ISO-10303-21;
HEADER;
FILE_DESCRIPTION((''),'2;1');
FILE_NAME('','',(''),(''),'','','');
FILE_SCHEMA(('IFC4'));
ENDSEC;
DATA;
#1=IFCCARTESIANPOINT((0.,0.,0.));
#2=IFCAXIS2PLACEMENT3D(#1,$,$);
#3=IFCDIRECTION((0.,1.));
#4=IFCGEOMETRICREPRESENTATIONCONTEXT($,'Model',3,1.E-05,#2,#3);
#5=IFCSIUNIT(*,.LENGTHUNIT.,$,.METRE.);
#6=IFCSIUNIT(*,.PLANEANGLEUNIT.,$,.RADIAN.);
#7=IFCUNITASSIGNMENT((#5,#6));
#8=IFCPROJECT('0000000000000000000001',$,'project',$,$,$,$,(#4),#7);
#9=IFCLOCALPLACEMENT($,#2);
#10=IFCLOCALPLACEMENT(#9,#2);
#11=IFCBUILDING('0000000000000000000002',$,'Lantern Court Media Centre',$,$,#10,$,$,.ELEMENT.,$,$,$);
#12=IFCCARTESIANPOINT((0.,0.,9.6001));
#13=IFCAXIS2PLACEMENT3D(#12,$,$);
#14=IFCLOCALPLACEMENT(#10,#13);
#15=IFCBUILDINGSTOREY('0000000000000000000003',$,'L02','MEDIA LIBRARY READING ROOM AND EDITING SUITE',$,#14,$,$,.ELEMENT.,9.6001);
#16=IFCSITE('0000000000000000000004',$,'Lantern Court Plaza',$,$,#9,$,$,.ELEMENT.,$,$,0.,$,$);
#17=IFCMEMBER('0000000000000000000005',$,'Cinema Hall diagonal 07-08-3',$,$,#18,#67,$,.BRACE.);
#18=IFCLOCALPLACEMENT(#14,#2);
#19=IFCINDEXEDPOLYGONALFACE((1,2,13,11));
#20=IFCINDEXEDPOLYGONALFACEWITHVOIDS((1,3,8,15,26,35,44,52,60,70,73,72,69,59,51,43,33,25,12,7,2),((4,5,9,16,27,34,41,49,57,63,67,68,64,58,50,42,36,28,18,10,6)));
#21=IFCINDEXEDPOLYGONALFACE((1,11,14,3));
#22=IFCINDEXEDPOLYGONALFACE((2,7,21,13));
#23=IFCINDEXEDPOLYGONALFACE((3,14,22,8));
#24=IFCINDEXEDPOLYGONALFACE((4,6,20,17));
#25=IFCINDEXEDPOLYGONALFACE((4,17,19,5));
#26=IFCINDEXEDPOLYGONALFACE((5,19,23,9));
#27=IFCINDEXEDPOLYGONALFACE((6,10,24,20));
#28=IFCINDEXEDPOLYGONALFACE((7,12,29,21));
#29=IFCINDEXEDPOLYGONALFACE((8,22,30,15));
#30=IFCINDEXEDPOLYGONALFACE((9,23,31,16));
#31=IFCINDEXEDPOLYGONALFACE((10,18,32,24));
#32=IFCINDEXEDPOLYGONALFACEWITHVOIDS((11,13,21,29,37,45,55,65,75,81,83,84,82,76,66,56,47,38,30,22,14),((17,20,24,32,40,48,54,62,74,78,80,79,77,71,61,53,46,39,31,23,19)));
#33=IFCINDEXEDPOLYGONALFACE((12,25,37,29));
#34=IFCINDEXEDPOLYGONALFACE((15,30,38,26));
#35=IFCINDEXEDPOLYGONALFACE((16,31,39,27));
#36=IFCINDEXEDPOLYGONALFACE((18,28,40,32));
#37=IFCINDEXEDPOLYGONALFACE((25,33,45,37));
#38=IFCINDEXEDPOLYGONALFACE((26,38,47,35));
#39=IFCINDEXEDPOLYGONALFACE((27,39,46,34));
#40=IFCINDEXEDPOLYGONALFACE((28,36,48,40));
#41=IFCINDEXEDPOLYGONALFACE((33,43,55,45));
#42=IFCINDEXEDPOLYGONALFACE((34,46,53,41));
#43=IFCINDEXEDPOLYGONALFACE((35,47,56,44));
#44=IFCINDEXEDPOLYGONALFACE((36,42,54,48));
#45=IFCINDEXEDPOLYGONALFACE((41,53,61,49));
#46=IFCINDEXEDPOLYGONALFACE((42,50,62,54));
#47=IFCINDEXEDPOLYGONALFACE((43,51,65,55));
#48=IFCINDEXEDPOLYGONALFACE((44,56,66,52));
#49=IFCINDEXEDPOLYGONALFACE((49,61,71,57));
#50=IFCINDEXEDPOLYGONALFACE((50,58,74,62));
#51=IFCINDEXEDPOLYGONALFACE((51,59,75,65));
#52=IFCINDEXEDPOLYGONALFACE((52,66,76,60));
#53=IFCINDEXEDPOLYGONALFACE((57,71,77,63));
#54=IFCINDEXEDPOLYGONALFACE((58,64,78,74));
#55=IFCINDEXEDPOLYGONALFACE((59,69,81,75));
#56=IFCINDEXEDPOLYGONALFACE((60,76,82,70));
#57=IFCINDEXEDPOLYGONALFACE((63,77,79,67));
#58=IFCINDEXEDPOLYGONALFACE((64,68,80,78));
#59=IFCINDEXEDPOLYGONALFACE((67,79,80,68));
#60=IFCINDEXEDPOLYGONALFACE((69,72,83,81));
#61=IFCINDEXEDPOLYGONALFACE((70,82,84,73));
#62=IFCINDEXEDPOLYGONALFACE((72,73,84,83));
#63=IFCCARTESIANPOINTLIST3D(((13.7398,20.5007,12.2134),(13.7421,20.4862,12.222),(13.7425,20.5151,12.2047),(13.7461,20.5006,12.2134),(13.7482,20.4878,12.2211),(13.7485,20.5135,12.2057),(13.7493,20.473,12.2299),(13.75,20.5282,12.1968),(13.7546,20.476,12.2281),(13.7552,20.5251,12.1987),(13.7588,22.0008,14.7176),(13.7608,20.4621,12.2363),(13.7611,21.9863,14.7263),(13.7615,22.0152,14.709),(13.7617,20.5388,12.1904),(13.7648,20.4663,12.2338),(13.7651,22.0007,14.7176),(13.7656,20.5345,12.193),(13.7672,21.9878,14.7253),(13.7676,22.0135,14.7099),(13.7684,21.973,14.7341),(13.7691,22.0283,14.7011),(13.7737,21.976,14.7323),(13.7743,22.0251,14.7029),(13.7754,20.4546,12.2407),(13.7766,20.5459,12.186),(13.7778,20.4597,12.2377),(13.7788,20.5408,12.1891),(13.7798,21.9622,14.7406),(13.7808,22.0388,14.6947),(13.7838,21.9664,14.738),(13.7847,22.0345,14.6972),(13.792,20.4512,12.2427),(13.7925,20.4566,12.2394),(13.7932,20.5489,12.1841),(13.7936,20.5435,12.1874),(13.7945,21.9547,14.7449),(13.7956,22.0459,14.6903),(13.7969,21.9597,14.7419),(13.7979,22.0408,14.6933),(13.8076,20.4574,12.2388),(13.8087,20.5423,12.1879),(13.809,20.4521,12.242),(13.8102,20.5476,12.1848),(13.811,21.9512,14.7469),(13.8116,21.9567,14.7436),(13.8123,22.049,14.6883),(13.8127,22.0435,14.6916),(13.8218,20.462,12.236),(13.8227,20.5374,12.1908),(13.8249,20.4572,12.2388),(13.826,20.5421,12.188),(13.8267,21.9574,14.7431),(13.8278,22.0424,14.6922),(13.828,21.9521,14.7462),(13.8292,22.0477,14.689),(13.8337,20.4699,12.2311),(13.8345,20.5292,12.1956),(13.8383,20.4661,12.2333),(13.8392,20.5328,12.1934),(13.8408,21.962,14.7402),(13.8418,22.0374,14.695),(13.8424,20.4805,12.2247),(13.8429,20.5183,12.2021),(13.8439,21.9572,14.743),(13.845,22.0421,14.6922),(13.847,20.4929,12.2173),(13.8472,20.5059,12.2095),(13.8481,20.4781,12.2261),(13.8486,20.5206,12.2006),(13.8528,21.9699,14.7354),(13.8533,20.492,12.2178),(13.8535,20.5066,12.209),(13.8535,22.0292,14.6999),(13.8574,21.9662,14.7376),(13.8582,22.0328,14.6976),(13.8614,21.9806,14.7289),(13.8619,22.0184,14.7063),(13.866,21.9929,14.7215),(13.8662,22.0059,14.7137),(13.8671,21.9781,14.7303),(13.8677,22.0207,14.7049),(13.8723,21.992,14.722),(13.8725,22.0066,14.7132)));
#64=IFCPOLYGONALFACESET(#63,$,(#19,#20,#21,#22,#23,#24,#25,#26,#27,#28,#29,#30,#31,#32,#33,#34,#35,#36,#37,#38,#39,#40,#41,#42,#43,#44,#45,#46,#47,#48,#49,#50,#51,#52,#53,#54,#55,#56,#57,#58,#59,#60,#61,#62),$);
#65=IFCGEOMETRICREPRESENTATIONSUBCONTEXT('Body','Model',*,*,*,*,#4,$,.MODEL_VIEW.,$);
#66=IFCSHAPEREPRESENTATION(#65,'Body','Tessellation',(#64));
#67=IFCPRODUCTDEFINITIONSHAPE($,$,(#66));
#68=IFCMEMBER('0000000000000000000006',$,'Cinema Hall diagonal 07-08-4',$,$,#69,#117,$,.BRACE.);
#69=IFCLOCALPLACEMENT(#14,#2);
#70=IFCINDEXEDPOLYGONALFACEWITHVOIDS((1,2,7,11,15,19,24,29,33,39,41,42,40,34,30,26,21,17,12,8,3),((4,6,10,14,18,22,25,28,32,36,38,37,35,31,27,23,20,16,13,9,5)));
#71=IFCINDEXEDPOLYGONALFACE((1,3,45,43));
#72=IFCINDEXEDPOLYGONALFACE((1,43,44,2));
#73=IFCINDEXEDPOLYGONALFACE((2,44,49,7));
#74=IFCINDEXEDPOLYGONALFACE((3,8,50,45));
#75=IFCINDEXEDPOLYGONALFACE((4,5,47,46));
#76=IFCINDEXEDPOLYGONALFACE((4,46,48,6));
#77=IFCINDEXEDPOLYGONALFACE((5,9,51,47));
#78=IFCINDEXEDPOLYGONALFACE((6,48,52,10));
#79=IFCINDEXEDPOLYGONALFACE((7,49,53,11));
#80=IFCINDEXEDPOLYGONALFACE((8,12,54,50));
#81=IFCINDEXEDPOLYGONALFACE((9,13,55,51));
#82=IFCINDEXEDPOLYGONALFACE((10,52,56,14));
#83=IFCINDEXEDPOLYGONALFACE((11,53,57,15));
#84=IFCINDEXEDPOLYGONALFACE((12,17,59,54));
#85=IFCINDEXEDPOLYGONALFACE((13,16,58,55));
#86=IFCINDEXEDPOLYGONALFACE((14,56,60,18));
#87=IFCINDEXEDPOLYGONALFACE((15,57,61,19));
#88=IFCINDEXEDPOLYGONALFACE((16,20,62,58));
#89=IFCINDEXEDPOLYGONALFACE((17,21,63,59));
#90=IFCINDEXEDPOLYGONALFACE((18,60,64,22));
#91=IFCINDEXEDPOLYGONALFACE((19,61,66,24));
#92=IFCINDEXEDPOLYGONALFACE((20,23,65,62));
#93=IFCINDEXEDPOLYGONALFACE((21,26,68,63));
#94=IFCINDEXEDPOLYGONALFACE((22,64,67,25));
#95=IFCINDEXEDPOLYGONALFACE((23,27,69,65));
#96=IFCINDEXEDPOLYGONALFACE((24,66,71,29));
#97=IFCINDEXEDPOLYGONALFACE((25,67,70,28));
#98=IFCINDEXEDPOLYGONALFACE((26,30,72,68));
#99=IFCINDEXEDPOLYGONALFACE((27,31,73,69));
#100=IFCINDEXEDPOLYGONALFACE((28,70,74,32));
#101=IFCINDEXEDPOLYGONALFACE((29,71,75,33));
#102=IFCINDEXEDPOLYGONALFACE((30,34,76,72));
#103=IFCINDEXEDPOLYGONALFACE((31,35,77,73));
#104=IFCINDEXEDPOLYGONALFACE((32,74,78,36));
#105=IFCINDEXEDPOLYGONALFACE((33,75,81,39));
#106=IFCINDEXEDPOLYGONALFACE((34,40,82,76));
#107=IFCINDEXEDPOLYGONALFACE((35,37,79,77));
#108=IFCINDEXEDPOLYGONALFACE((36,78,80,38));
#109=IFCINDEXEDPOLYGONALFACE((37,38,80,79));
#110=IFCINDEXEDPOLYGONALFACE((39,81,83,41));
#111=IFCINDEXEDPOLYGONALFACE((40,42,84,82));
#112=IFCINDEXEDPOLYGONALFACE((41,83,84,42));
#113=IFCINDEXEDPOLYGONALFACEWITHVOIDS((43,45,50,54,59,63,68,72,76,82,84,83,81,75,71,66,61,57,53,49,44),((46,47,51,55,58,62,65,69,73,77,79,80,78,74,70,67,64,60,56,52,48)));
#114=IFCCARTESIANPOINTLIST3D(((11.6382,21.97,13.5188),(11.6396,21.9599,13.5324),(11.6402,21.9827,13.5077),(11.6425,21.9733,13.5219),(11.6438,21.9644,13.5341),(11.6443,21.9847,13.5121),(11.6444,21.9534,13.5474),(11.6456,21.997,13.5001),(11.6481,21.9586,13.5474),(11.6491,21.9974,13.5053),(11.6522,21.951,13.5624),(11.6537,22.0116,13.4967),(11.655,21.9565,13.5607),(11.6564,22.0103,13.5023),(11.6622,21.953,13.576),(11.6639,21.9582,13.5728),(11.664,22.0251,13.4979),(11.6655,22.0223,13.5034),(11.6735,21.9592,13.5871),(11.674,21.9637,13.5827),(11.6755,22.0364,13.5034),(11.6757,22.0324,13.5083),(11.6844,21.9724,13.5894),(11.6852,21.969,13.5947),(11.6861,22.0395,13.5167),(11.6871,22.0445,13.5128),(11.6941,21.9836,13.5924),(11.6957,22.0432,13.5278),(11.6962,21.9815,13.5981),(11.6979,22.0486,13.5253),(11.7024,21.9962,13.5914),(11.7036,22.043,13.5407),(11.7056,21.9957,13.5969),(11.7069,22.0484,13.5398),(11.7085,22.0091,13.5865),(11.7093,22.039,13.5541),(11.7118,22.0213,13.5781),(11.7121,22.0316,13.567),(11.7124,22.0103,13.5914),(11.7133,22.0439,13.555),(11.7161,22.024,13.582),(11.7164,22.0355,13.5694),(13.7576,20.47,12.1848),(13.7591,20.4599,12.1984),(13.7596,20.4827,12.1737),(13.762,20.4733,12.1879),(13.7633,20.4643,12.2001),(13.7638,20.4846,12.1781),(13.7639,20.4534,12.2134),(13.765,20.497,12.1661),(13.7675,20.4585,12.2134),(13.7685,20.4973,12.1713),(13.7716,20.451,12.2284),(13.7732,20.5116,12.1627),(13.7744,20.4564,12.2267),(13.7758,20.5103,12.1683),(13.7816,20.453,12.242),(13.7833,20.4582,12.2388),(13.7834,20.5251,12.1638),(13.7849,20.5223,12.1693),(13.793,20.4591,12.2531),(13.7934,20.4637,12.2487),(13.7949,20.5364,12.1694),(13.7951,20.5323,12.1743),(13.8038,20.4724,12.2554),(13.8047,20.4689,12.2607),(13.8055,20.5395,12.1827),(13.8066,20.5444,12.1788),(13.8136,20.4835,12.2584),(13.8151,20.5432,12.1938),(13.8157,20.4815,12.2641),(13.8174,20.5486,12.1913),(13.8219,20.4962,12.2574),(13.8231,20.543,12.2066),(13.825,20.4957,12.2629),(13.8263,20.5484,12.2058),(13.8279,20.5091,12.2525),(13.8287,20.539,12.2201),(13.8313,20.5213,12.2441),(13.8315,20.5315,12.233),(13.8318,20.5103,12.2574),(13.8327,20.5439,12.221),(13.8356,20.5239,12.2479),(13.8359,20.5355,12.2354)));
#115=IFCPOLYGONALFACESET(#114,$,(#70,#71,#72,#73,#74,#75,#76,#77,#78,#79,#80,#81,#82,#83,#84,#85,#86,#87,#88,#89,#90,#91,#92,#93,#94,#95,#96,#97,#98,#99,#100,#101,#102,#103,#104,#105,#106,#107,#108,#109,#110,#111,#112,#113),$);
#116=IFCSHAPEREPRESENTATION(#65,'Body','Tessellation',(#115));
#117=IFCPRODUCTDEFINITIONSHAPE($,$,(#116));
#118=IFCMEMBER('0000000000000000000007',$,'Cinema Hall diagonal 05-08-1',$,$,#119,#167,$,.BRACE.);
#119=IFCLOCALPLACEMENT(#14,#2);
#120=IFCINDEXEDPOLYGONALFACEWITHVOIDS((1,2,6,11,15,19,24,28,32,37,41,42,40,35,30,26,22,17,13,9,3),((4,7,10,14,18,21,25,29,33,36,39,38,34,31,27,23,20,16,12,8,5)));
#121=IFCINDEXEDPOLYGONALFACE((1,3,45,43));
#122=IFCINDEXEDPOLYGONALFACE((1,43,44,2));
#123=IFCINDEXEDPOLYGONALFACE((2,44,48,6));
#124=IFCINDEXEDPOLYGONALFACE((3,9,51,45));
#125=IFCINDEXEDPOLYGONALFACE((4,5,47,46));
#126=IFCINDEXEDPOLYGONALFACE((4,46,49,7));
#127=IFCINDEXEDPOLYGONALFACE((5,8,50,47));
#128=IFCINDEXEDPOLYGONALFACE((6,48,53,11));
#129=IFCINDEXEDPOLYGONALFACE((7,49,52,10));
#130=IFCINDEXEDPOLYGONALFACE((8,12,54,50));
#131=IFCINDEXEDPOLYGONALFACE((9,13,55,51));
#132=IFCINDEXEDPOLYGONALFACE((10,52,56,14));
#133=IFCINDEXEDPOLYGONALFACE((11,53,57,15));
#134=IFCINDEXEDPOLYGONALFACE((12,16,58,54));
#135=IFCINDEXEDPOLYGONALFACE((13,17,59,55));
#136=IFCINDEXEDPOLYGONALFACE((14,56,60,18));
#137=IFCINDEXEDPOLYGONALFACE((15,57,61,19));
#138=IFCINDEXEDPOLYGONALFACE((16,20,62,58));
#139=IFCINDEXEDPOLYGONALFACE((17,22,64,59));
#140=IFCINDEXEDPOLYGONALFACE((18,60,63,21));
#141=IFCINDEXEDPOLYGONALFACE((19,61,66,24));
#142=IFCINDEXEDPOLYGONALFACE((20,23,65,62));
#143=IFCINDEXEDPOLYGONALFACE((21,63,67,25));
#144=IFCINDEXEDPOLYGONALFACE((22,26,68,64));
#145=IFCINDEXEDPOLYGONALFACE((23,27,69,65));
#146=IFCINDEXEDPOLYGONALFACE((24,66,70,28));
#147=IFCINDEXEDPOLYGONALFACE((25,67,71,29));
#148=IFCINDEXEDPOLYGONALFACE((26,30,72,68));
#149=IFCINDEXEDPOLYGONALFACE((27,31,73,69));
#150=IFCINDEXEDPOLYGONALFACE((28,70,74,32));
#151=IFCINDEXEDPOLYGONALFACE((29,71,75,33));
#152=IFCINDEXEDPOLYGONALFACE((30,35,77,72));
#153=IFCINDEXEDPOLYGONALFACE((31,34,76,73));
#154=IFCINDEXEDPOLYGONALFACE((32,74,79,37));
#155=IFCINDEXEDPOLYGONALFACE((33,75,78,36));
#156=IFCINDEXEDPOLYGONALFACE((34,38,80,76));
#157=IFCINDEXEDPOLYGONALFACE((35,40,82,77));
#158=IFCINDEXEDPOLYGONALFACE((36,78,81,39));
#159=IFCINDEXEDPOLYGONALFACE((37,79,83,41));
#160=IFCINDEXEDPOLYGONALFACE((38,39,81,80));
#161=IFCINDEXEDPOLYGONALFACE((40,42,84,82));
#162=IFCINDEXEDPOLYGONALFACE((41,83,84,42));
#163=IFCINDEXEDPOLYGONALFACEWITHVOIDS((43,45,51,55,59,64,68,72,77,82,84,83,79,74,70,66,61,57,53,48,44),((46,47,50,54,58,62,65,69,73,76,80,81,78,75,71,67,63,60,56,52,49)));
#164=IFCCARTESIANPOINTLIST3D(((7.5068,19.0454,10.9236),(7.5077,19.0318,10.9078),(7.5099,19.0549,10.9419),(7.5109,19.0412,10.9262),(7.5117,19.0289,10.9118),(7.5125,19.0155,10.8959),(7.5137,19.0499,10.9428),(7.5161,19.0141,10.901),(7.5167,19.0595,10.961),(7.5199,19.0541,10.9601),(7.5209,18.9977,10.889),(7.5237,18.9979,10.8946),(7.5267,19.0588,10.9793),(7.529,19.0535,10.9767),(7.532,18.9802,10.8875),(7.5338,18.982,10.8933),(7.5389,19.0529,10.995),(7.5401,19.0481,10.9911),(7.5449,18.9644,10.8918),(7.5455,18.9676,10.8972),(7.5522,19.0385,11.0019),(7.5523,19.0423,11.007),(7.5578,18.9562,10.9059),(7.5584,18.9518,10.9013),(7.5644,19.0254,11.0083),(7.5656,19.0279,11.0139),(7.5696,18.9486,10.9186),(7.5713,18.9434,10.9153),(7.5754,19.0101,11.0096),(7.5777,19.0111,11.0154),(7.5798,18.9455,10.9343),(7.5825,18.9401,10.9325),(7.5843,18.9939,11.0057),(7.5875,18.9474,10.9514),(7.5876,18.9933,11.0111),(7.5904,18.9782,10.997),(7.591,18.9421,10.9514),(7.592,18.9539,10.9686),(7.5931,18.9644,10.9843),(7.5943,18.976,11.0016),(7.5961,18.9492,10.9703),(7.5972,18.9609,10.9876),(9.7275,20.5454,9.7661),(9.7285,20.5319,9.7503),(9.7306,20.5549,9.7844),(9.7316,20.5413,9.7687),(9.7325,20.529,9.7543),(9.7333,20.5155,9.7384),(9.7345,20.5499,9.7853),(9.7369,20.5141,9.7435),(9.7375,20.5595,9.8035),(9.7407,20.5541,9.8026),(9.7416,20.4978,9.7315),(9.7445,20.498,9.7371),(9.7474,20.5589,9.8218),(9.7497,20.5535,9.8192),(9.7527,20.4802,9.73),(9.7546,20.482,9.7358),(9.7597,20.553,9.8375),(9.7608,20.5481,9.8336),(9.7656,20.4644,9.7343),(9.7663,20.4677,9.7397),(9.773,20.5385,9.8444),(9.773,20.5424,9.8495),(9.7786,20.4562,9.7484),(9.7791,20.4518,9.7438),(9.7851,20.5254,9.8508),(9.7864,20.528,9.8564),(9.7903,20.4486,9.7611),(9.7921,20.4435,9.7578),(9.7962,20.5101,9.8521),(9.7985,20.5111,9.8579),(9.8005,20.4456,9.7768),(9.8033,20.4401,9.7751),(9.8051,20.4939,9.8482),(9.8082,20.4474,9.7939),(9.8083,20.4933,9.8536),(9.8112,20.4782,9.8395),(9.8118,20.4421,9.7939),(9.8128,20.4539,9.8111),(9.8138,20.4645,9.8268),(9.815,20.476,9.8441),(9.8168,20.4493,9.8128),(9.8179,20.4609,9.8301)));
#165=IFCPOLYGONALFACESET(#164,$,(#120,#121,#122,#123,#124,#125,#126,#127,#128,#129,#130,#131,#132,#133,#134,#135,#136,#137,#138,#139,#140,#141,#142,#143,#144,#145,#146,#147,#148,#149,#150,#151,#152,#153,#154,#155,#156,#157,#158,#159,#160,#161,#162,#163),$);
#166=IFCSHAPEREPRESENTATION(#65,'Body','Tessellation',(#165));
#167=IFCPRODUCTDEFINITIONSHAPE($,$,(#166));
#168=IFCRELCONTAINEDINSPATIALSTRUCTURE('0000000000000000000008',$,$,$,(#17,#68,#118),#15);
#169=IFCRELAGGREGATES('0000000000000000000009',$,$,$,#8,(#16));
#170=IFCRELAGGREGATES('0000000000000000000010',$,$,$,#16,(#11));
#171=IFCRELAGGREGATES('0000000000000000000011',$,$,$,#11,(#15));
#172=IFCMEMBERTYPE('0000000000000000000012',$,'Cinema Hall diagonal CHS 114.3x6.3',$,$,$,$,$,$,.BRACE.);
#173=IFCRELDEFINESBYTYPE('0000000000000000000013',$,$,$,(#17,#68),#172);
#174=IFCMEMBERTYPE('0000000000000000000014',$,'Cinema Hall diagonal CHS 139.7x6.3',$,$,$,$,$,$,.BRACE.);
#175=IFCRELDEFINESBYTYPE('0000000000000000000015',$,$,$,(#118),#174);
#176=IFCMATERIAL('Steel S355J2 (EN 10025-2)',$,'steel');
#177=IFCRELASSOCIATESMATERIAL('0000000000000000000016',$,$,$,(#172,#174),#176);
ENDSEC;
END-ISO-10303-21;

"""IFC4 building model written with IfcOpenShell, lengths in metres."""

from ifc_helpers import new_model, si_unit, direction, frame, origin, origin_2d, place, context, subcontext, project, spatial, hollow_circle, extrude, material, material_profile, profile_set, type_object, element, save


model = new_model("IFC4")

# Units and contexts
model_context = context("Model", 3, precision=1e-05, world=origin(), true_north=direction((0.0, 1.0)))
body_context = subcontext(model_context, "Body", "Model", "MODEL_VIEW")
ifc_project = project(units=[si_unit("LENGTHUNIT", "METRE"), si_unit("PLANEANGLEUNIT", "RADIAN")], contexts=[model_context])

# Site, building, storey
site_placement = place(None, origin())
site = spatial("IfcSite", under=ifc_project, at=site_placement, Name="Lantern Court Plaza", CompositionType="ELEMENT", RefElevation=0.0)
building_placement = place(site_placement, origin())
building = spatial("IfcBuilding", under=site, at=building_placement, Name="Lantern Court Media Centre", CompositionType="ELEMENT")
storey_placement = place(building_placement, frame((0.0, 0.0, 9.6001)))
storey = spatial("IfcBuildingStorey", under=building, at=storey_placement, Name="L02", Description="MEDIA LIBRARY READING ROOM AND EDITING SUITE", CompositionType="ELEMENT", Elevation=9.6001)

# Members
ifc_material = material(Name="Steel S355J2 (EN 10025-2)", Category="steel")
ifc_material_profile_1 = material_profile(ifc_material, hollow_circle(Radius=0.0571, WallThickness=0.0063, at=origin_2d()), Name="Cinema Hall diagonal CHS 114.3x6.3")
ifc_profile_set_1 = profile_set([ifc_material_profile_1], Name="Steel S355J2 (EN 10025-2)")
member_type_1 = type_object("IfcMemberType", Name="Cinema Hall diagonal CHS 114.3x6.3", PredefinedType="BRACE", material=ifc_profile_set_1)
for number, where, z_axis, x_axis, name in (
    (1, (13.7969, 20.5, 12.2134), (0.006524, 0.513857, 0.857851), (-0.999919, 0.012694, 0.0), "Cinema Hall diagonal 07-08-3"),
    (2, (13.7969, 20.5, 12.2134), (-0.726034, 0.513852, 0.45698), (-0.577702, -0.816248, 0.0), "Cinema Hall diagonal 07-08-4"),
):
    element("IfcMember", number, at=place(storey_placement, frame(where, z_axis=z_axis, x_axis=x_axis)), inside=storey, type_object=member_type_1, Name=name, PredefinedType="BRACE", context=body_context, shape_type="SweptSolid", body=[
        extrude(hollow_circle(Radius=0.0571, WallThickness=0.0063, at=origin_2d()), origin(), (0.0, 0.0, 1.0), 2.9192),
    ])
ifc_material_profile_2 = material_profile(ifc_material, hollow_circle(Radius=0.0698, WallThickness=0.0063, at=origin_2d()), Name="Cinema Hall diagonal CHS 139.7x6.3")
ifc_profile_set_2 = profile_set([ifc_material_profile_2], Name="Steel S355J2 (EN 10025-2)")
member_type_2 = type_object("IfcMemberType", Name="Cinema Hall diagonal CHS 139.7x6.3", PredefinedType="BRACE", material=ifc_profile_set_2)
member_1_placement = place(storey_placement, frame((9.7727, 20.5, 9.7939), z_axis=(-0.760744, -0.513854, 0.396514), x_axis=(0.559736, -0.828671, 0.0)))
element("IfcMember", 3, at=member_1_placement, inside=storey, type_object=member_type_2, Name="Cinema Hall diagonal 05-08-1", PredefinedType="BRACE", context=body_context, shape_type="SweptSolid", body=[
    extrude(hollow_circle(Radius=0.0698, WallThickness=0.0063, at=origin_2d()), origin(), (0.0, 0.0, 1.0), 2.9192),
])

save(model, "model.ifc")
